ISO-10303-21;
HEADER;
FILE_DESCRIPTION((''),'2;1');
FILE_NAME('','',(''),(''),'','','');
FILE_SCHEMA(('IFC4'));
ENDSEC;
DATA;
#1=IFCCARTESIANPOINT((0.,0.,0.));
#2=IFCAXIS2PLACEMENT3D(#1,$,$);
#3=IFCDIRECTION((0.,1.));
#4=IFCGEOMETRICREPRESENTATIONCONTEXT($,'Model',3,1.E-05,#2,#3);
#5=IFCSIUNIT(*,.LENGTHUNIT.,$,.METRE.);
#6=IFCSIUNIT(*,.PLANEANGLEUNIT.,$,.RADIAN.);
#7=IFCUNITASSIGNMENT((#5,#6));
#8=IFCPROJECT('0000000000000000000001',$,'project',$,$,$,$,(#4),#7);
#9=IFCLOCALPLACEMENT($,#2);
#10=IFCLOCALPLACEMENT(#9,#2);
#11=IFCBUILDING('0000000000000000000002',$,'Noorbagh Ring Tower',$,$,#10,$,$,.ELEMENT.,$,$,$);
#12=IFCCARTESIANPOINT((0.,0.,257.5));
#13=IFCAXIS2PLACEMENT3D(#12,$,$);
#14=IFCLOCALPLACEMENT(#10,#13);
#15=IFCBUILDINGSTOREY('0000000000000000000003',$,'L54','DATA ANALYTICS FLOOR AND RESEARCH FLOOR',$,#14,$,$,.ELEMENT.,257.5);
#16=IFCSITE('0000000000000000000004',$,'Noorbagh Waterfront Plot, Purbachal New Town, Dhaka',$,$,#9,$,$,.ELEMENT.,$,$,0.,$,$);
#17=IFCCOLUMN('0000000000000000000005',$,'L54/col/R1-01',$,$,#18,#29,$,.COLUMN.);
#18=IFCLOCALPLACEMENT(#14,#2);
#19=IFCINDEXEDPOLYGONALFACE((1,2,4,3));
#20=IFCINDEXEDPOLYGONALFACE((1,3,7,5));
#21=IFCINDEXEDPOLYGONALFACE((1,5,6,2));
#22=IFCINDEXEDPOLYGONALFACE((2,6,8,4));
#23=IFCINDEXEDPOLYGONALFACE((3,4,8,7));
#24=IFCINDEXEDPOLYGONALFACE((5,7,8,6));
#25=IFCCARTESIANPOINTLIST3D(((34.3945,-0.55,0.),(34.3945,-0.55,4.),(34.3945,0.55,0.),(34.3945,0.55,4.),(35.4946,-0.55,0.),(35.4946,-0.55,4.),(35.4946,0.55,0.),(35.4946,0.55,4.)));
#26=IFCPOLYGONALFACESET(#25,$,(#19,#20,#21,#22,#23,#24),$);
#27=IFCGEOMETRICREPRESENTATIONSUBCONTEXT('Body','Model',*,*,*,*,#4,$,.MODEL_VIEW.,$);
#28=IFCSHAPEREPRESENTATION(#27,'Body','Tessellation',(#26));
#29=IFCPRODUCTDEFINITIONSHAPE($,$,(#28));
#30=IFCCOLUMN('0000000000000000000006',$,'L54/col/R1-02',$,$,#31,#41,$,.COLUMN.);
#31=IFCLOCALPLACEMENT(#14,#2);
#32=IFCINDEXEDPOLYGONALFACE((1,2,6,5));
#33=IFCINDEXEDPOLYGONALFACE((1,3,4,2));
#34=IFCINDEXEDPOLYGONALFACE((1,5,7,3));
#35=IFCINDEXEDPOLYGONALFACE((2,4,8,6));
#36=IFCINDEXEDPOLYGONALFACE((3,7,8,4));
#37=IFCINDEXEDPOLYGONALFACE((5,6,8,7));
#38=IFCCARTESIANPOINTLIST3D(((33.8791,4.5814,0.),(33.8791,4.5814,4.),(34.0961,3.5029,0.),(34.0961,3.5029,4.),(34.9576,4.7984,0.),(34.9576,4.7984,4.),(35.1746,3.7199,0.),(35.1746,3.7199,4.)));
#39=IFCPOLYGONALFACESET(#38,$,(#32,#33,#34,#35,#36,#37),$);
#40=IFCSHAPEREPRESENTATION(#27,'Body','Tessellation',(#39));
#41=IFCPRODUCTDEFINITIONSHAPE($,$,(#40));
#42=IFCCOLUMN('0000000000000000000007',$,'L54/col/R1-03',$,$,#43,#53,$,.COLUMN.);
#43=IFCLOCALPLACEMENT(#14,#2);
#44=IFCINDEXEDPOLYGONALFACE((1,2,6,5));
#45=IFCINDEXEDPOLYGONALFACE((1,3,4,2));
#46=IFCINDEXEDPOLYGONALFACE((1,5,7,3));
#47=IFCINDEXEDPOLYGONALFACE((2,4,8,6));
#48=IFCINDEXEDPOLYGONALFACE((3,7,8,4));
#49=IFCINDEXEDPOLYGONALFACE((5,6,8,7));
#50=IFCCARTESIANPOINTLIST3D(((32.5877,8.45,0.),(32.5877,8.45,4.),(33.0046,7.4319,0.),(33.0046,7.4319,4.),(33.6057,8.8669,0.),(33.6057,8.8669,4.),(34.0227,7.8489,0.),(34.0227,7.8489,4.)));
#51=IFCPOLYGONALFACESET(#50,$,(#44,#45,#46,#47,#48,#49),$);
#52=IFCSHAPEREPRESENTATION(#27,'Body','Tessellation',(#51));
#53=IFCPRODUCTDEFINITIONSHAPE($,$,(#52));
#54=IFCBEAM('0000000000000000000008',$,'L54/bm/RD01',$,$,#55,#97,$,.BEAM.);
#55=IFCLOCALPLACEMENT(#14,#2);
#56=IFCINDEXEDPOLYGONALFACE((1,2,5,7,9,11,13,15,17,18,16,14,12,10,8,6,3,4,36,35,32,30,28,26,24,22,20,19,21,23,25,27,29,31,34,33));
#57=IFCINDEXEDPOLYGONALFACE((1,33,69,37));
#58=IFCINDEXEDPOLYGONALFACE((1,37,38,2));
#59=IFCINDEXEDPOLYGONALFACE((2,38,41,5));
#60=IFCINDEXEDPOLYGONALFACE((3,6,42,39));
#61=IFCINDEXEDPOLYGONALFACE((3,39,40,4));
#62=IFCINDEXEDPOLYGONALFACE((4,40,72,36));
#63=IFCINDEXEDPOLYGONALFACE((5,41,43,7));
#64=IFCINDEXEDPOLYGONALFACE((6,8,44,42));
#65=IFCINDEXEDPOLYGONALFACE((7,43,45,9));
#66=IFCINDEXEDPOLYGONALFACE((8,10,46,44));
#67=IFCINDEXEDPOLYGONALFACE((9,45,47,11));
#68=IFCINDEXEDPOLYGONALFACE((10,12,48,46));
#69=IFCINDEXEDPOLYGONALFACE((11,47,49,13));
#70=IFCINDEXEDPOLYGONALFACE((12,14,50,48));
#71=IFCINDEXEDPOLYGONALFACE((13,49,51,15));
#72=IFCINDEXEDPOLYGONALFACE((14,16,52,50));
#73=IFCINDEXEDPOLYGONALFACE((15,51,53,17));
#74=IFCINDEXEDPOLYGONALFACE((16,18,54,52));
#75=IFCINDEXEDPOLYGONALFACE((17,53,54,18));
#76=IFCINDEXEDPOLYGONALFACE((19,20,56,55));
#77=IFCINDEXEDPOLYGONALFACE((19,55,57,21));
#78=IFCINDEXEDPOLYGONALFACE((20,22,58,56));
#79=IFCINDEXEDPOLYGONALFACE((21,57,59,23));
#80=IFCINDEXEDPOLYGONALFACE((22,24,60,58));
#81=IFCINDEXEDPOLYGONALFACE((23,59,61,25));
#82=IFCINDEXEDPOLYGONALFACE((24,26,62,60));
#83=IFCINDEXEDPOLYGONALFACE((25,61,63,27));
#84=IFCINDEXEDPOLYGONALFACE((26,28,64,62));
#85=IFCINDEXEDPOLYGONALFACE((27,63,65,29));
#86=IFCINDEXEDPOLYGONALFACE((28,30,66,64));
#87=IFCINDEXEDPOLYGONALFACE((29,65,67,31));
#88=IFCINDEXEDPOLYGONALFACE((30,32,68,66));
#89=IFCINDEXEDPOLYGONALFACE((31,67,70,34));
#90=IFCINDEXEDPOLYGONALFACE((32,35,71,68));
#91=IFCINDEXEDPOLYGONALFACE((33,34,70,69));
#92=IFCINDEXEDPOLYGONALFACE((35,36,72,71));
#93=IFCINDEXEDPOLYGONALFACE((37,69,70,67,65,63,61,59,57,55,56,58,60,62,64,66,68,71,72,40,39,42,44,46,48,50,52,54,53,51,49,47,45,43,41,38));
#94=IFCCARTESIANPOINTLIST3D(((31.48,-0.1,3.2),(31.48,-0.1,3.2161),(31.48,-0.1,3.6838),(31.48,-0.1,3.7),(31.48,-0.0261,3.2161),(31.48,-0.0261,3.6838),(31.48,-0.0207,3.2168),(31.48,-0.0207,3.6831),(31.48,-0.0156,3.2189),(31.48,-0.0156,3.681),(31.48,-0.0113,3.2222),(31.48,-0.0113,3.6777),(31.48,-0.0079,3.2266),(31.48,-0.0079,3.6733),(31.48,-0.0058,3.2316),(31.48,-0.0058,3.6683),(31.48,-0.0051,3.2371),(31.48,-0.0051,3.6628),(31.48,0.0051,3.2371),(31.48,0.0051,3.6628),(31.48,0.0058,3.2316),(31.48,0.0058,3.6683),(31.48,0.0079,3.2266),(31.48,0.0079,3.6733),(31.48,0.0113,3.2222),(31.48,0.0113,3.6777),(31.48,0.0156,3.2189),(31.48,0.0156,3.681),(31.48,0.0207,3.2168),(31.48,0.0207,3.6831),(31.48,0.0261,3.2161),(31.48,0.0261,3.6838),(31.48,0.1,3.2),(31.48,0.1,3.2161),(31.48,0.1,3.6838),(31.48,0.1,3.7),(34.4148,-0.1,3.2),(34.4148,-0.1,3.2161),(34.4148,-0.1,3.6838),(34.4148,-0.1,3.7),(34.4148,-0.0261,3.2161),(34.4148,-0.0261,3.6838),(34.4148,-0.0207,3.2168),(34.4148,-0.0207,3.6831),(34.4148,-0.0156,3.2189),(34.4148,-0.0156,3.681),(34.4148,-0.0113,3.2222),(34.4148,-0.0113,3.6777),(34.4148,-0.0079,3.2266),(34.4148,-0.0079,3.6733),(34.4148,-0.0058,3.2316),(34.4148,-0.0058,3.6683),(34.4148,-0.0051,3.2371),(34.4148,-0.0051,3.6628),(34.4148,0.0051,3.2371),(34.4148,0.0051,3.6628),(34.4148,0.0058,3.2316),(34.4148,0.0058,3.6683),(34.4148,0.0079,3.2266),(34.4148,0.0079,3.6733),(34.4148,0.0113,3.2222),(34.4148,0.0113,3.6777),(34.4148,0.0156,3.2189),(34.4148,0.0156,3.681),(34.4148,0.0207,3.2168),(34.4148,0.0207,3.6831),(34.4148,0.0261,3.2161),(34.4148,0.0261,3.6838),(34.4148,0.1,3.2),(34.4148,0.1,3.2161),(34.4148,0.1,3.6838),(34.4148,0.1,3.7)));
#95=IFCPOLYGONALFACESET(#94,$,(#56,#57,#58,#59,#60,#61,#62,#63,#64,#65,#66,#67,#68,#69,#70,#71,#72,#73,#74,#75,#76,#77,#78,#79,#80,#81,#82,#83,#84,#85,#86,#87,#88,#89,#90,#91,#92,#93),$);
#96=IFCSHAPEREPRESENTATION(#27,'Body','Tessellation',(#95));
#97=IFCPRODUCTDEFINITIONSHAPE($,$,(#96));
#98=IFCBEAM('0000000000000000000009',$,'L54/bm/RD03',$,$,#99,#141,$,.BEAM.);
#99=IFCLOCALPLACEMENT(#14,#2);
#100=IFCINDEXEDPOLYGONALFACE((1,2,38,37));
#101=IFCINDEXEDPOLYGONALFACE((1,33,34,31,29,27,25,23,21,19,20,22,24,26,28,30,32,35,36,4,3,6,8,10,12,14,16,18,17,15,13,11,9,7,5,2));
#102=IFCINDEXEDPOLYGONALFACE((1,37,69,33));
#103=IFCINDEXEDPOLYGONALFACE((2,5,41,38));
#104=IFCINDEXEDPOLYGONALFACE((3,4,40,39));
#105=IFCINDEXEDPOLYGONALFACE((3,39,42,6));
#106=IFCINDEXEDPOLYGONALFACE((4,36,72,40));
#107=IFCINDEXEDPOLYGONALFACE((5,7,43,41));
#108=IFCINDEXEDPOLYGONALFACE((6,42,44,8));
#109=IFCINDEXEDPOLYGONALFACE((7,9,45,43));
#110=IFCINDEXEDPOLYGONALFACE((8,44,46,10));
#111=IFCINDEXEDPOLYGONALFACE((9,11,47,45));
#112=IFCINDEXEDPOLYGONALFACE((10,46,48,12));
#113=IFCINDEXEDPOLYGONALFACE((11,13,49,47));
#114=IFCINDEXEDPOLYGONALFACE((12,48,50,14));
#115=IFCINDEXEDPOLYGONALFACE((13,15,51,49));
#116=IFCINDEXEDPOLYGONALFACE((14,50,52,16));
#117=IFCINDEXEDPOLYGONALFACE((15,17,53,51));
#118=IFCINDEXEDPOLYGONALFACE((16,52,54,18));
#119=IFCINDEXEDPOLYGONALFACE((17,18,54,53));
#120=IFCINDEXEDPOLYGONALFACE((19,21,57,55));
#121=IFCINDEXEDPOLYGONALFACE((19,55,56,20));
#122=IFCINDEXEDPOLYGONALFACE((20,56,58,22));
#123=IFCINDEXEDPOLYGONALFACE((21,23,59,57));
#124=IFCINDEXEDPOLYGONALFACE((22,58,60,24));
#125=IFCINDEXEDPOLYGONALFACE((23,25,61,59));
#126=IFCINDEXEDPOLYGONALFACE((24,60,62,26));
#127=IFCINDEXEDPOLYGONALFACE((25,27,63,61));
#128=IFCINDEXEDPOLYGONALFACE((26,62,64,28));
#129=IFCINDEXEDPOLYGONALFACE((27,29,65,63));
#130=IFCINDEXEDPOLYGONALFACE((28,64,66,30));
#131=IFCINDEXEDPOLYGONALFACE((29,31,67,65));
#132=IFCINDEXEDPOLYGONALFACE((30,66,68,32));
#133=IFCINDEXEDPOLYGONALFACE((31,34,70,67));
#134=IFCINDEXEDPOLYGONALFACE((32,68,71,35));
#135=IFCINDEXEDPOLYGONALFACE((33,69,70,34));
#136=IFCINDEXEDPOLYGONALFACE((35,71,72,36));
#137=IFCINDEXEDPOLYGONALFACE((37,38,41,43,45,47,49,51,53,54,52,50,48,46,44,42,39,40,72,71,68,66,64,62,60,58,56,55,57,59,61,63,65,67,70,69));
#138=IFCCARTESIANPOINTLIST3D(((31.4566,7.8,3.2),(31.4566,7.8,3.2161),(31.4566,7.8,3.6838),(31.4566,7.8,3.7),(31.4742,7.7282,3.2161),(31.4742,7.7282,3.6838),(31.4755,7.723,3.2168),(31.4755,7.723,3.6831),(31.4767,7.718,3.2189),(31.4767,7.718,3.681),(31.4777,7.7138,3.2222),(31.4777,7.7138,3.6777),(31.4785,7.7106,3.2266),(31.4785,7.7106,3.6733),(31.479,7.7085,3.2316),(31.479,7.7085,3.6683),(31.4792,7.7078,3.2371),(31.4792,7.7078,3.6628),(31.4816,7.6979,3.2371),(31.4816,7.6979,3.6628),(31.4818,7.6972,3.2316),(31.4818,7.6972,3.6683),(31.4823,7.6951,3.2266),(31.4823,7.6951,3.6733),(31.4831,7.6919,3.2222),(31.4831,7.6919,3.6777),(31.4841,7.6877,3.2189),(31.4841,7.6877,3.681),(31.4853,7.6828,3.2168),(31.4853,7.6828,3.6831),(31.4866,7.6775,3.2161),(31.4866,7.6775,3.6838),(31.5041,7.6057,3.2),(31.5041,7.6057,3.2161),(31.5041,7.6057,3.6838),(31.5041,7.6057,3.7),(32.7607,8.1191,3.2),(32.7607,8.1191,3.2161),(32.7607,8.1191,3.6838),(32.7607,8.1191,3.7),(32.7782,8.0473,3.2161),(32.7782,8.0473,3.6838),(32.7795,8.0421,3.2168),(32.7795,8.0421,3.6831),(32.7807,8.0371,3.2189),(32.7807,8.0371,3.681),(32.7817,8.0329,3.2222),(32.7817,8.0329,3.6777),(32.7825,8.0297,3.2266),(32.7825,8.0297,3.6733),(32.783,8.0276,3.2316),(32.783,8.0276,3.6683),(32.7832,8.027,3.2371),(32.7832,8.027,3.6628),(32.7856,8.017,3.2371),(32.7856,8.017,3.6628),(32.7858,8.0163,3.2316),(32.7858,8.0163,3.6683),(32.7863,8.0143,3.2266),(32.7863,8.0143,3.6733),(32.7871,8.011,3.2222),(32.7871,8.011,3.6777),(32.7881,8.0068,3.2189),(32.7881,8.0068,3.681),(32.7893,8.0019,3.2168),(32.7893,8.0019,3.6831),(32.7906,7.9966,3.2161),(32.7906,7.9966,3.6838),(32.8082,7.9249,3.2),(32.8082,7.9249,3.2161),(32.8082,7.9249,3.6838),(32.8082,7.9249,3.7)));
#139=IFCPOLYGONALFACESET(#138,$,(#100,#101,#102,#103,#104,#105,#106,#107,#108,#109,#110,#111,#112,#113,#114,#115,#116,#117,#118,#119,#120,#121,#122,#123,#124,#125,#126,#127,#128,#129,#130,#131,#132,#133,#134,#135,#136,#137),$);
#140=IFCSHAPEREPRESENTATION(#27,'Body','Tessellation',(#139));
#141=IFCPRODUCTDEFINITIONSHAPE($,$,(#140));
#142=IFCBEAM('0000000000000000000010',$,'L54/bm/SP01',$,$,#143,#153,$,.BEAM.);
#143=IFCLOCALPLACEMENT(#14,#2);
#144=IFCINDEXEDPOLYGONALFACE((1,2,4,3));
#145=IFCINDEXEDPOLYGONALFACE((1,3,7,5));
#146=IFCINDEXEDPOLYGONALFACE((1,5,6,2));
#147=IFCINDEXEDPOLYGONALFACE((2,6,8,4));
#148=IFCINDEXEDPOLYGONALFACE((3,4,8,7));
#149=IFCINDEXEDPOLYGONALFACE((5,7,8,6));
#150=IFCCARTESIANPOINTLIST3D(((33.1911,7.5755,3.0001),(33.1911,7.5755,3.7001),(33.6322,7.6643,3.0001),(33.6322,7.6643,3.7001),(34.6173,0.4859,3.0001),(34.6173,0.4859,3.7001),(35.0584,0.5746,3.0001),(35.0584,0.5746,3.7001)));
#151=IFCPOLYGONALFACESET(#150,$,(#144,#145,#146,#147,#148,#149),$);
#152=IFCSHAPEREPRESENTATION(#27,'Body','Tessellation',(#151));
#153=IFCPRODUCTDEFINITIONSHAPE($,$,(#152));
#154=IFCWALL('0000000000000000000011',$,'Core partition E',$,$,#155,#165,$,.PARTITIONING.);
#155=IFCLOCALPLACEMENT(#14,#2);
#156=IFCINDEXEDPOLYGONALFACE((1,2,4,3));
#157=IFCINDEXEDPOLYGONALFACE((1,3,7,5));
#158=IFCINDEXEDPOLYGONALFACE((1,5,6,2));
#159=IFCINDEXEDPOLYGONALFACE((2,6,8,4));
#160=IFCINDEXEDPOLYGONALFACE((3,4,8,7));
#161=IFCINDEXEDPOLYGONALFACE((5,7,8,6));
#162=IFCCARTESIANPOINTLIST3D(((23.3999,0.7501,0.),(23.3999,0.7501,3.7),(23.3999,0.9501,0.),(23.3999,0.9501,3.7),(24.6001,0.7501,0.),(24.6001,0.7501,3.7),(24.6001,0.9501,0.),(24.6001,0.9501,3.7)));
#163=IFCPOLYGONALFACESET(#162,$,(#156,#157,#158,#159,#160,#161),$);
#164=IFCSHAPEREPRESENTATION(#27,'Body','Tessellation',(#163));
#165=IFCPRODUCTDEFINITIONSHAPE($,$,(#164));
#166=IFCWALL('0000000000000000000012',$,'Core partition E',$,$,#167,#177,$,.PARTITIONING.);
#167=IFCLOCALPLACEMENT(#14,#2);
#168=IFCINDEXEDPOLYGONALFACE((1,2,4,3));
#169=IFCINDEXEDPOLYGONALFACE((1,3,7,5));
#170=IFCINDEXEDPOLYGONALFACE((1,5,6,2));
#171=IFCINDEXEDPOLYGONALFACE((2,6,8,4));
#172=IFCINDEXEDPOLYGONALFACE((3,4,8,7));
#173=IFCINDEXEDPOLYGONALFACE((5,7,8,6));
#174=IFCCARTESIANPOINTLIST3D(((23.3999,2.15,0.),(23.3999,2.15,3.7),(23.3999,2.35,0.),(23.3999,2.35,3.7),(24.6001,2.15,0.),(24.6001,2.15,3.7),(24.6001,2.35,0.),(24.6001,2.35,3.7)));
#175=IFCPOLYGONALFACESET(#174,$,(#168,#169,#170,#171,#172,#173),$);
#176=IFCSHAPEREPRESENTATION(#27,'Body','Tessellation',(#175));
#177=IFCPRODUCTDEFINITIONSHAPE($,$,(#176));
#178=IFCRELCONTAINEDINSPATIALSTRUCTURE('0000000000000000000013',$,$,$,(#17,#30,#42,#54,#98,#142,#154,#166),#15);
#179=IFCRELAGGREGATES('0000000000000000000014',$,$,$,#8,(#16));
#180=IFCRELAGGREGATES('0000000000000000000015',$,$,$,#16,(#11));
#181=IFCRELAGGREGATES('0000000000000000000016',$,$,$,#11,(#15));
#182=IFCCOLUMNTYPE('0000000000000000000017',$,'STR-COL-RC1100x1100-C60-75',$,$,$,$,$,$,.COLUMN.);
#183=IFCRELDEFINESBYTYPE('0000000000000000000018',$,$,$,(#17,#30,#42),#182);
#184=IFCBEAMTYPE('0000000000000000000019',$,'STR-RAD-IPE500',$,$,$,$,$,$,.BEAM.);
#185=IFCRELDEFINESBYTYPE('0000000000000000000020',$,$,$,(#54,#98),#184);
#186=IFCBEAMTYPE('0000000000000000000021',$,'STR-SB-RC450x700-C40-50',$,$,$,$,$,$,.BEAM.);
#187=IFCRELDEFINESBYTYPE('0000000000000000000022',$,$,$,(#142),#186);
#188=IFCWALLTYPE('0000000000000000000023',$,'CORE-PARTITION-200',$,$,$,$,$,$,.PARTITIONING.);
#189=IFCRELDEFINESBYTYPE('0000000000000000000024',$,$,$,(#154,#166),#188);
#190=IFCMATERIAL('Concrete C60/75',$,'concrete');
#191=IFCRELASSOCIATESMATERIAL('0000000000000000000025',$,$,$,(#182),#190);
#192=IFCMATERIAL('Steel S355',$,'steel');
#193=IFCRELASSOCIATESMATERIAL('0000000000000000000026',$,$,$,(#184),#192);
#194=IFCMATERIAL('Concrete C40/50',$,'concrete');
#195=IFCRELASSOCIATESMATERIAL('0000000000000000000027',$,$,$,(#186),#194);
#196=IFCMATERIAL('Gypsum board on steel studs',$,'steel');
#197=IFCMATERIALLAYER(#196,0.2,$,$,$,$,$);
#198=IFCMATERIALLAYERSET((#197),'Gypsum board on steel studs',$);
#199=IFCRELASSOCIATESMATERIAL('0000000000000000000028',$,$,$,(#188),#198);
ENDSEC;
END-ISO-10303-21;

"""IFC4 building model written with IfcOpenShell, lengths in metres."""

from ifc_helpers import new_model, si_unit, direction, frame, frame_2d, origin, origin_2d, place, context, subcontext, project, spatial, rectangle, i_section, extrude, material, layer, layer_set, material_profile, profile_set, type_object, element, save


model = new_model("IFC4")

# Units and contexts
model_context = context("Model", 3, precision=1e-05, world=origin(), true_north=direction((0.0, 1.0)))
body_context = subcontext(model_context, "Body", "Model", "MODEL_VIEW")
ifc_project = project(units=[si_unit("LENGTHUNIT", "METRE"), si_unit("PLANEANGLEUNIT", "RADIAN")], contexts=[model_context])

# Site, building, storey
site_placement = place(None, origin())
site = spatial("IfcSite", under=ifc_project, at=site_placement, Name="Noorbagh Waterfront Plot, Purbachal New Town, Dhaka", CompositionType="ELEMENT", RefElevation=0.0)
building_placement = place(site_placement, origin())
building = spatial("IfcBuilding", under=site, at=building_placement, Name="Noorbagh Ring Tower", CompositionType="ELEMENT")
storey_placement = place(building_placement, frame((0.0, 0.0, 257.5)))
storey = spatial("IfcBuildingStorey", under=building, at=storey_placement, Name="L54", Description="DATA ANALYTICS FLOOR AND RESEARCH FLOOR", CompositionType="ELEMENT", Elevation=257.5)

# Columns
ifc_material_1 = material(Name="Concrete C60/75", Category="concrete")
ifc_material_profile_1 = material_profile(ifc_material_1, rectangle(XDim=1.1001, YDim=1.1001, at=origin_2d()), Name="RC1100x1100")
ifc_profile_set_1 = profile_set([ifc_material_profile_1], Name="Concrete C60/75")
column_type = type_object("IfcColumnType", Name="STR-COL-RC1100x1100-C60-75", PredefinedType="COLUMN", material=ifc_profile_set_1)
for number, where, z_axis, x_axis, name in (
    (1, (34.9446, 0.0, 0.0), (0.0, 0.0, 1.0), (0.0, 1.0, 0.0), "L54/col/R1-01"),
    (2, (34.5269, 4.1506, 0.0), (0.0, 0.0, 1.0), (-0.19723, 0.980357, 0.0), "L54/col/R1-02"),
    (3, (33.3052, 8.1494, 0.0), (0.0, 0.0, 1.0), (-0.378989, 0.925401, 0.0), "L54/col/R1-03"),
):
    element("IfcColumn", number, at=place(storey_placement, frame(where, z_axis=z_axis, x_axis=x_axis)), inside=storey, type_object=column_type, Name=name, PredefinedType="COLUMN", context=body_context, shape_type="SweptSolid", body=[
        extrude(rectangle(XDim=1.1001, YDim=1.1001, at=origin_2d()), origin(), (0.0, 0.0, 1.0), 4.0),
    ])

# Beams
ifc_material_2 = material(Name="Steel S355", Category="steel")
ifc_material_profile_2 = material_profile(ifc_material_2, i_section(OverallWidth=0.2, OverallDepth=0.5, WebThickness=0.0103, FlangeThickness=0.0161, FilletRadius=0.021, at=origin_2d()), Name="IPE500")
ifc_profile_set_2 = profile_set([ifc_material_profile_2], Name="Steel S355")
beam_type_1 = type_object("IfcBeamType", Name="STR-RAD-IPE500", PredefinedType="BEAM", material=ifc_profile_set_2)
beam_1_placement = place(storey_placement, frame((34.4148, 0.0, 3.45), z_axis=(-1.0, 0.0, 0.0), x_axis=(0.0, -1.0, 0.0)))
element("IfcBeam", 4, at=beam_1_placement, inside=storey, type_object=beam_type_1, Name="L54/bm/RD01", PredefinedType="BEAM", context=body_context, shape_type="SweptSolid", body=[
    extrude(i_section(OverallWidth=0.2, OverallDepth=0.5, WebThickness=0.0103, FlangeThickness=0.0161, FilletRadius=0.021, at=origin_2d()), origin(), (0.0, 0.0, 1.0), 2.9348),
])
beam_2_placement = place(storey_placement, frame((32.7844, 8.022, 3.45), z_axis=(-0.971339, -0.237697, 0.0), x_axis=(0.237697, -0.971339, 0.0)))
element("IfcBeam", 5, at=beam_2_placement, inside=storey, type_object=beam_type_1, Name="L54/bm/RD03", PredefinedType="BEAM", context=body_context, shape_type="SweptSolid", body=[
    extrude(i_section(OverallWidth=0.2, OverallDepth=0.5, WebThickness=0.0103, FlangeThickness=0.0161, FilletRadius=0.021, at=origin_2d()), origin(), (0.0, 0.0, 1.0), 1.3425),
])
ifc_material_3 = material(Name="Concrete C40/50", Category="concrete")
ifc_material_profile_3 = material_profile(ifc_material_3, rectangle(XDim=0.45, YDim=0.7, at=origin_2d()), Name="RC450x700")
ifc_profile_set_3 = profile_set([ifc_material_profile_3], Name="Concrete C40/50")
beam_type_2 = type_object("IfcBeamType", Name="STR-SB-RC450x700-C40-50", PredefinedType="BEAM", material=ifc_profile_set_3)
beam_3_placement = place(storey_placement, frame((34.8379, 0.5303, 3.3501), z_axis=(-0.197226, 0.980358, 0.0), x_axis=(-0.980358, -0.197226, 0.0)))
element("IfcBeam", 6, at=beam_3_placement, inside=storey, type_object=beam_type_2, Name="L54/bm/SP01", PredefinedType="BEAM", context=body_context, shape_type="SweptSolid", body=[
    extrude(rectangle(XDim=0.45, YDim=0.7, at=origin_2d()), origin(), (0.0, 0.0, 1.0), 7.2317),
])

# Walls
ifc_material_4 = material(Name="Gypsum board on steel studs", Category="steel")
ifc_layer_1 = layer(ifc_material_4, 0.2)
ifc_layer_set_1 = layer_set([ifc_layer_1], Name="Gypsum board on steel studs")
wall_type_1 = type_object("IfcWallType", Name="CORE-PARTITION-200", PredefinedType="PARTITIONING", material=ifc_layer_set_1)
for number, where, z_axis, x_axis, name in (
    (7, (23.3999, 0.8501, 0.0), (0.0, 0.0, 1.0), (1.0, 0.0, 0.0), "Core partition E"),
    (8, (23.3999, 2.25, 0.0), (0.0, 0.0, 1.0), (1.0, 0.0, 0.0), "Core partition E"),
):
    element("IfcWall", number, at=place(storey_placement, frame(where, z_axis=z_axis, x_axis=x_axis)), inside=storey, type_object=wall_type_1, Name=name, PredefinedType="PARTITIONING", context=body_context, shape_type="SweptSolid", body=[
        extrude(rectangle(XDim=1.2002, YDim=0.2, at=frame_2d((0.6001, 0.0))), origin(), (0.0, 0.0, 1.0), 3.7),
    ])

save(model, "model.ifc")
